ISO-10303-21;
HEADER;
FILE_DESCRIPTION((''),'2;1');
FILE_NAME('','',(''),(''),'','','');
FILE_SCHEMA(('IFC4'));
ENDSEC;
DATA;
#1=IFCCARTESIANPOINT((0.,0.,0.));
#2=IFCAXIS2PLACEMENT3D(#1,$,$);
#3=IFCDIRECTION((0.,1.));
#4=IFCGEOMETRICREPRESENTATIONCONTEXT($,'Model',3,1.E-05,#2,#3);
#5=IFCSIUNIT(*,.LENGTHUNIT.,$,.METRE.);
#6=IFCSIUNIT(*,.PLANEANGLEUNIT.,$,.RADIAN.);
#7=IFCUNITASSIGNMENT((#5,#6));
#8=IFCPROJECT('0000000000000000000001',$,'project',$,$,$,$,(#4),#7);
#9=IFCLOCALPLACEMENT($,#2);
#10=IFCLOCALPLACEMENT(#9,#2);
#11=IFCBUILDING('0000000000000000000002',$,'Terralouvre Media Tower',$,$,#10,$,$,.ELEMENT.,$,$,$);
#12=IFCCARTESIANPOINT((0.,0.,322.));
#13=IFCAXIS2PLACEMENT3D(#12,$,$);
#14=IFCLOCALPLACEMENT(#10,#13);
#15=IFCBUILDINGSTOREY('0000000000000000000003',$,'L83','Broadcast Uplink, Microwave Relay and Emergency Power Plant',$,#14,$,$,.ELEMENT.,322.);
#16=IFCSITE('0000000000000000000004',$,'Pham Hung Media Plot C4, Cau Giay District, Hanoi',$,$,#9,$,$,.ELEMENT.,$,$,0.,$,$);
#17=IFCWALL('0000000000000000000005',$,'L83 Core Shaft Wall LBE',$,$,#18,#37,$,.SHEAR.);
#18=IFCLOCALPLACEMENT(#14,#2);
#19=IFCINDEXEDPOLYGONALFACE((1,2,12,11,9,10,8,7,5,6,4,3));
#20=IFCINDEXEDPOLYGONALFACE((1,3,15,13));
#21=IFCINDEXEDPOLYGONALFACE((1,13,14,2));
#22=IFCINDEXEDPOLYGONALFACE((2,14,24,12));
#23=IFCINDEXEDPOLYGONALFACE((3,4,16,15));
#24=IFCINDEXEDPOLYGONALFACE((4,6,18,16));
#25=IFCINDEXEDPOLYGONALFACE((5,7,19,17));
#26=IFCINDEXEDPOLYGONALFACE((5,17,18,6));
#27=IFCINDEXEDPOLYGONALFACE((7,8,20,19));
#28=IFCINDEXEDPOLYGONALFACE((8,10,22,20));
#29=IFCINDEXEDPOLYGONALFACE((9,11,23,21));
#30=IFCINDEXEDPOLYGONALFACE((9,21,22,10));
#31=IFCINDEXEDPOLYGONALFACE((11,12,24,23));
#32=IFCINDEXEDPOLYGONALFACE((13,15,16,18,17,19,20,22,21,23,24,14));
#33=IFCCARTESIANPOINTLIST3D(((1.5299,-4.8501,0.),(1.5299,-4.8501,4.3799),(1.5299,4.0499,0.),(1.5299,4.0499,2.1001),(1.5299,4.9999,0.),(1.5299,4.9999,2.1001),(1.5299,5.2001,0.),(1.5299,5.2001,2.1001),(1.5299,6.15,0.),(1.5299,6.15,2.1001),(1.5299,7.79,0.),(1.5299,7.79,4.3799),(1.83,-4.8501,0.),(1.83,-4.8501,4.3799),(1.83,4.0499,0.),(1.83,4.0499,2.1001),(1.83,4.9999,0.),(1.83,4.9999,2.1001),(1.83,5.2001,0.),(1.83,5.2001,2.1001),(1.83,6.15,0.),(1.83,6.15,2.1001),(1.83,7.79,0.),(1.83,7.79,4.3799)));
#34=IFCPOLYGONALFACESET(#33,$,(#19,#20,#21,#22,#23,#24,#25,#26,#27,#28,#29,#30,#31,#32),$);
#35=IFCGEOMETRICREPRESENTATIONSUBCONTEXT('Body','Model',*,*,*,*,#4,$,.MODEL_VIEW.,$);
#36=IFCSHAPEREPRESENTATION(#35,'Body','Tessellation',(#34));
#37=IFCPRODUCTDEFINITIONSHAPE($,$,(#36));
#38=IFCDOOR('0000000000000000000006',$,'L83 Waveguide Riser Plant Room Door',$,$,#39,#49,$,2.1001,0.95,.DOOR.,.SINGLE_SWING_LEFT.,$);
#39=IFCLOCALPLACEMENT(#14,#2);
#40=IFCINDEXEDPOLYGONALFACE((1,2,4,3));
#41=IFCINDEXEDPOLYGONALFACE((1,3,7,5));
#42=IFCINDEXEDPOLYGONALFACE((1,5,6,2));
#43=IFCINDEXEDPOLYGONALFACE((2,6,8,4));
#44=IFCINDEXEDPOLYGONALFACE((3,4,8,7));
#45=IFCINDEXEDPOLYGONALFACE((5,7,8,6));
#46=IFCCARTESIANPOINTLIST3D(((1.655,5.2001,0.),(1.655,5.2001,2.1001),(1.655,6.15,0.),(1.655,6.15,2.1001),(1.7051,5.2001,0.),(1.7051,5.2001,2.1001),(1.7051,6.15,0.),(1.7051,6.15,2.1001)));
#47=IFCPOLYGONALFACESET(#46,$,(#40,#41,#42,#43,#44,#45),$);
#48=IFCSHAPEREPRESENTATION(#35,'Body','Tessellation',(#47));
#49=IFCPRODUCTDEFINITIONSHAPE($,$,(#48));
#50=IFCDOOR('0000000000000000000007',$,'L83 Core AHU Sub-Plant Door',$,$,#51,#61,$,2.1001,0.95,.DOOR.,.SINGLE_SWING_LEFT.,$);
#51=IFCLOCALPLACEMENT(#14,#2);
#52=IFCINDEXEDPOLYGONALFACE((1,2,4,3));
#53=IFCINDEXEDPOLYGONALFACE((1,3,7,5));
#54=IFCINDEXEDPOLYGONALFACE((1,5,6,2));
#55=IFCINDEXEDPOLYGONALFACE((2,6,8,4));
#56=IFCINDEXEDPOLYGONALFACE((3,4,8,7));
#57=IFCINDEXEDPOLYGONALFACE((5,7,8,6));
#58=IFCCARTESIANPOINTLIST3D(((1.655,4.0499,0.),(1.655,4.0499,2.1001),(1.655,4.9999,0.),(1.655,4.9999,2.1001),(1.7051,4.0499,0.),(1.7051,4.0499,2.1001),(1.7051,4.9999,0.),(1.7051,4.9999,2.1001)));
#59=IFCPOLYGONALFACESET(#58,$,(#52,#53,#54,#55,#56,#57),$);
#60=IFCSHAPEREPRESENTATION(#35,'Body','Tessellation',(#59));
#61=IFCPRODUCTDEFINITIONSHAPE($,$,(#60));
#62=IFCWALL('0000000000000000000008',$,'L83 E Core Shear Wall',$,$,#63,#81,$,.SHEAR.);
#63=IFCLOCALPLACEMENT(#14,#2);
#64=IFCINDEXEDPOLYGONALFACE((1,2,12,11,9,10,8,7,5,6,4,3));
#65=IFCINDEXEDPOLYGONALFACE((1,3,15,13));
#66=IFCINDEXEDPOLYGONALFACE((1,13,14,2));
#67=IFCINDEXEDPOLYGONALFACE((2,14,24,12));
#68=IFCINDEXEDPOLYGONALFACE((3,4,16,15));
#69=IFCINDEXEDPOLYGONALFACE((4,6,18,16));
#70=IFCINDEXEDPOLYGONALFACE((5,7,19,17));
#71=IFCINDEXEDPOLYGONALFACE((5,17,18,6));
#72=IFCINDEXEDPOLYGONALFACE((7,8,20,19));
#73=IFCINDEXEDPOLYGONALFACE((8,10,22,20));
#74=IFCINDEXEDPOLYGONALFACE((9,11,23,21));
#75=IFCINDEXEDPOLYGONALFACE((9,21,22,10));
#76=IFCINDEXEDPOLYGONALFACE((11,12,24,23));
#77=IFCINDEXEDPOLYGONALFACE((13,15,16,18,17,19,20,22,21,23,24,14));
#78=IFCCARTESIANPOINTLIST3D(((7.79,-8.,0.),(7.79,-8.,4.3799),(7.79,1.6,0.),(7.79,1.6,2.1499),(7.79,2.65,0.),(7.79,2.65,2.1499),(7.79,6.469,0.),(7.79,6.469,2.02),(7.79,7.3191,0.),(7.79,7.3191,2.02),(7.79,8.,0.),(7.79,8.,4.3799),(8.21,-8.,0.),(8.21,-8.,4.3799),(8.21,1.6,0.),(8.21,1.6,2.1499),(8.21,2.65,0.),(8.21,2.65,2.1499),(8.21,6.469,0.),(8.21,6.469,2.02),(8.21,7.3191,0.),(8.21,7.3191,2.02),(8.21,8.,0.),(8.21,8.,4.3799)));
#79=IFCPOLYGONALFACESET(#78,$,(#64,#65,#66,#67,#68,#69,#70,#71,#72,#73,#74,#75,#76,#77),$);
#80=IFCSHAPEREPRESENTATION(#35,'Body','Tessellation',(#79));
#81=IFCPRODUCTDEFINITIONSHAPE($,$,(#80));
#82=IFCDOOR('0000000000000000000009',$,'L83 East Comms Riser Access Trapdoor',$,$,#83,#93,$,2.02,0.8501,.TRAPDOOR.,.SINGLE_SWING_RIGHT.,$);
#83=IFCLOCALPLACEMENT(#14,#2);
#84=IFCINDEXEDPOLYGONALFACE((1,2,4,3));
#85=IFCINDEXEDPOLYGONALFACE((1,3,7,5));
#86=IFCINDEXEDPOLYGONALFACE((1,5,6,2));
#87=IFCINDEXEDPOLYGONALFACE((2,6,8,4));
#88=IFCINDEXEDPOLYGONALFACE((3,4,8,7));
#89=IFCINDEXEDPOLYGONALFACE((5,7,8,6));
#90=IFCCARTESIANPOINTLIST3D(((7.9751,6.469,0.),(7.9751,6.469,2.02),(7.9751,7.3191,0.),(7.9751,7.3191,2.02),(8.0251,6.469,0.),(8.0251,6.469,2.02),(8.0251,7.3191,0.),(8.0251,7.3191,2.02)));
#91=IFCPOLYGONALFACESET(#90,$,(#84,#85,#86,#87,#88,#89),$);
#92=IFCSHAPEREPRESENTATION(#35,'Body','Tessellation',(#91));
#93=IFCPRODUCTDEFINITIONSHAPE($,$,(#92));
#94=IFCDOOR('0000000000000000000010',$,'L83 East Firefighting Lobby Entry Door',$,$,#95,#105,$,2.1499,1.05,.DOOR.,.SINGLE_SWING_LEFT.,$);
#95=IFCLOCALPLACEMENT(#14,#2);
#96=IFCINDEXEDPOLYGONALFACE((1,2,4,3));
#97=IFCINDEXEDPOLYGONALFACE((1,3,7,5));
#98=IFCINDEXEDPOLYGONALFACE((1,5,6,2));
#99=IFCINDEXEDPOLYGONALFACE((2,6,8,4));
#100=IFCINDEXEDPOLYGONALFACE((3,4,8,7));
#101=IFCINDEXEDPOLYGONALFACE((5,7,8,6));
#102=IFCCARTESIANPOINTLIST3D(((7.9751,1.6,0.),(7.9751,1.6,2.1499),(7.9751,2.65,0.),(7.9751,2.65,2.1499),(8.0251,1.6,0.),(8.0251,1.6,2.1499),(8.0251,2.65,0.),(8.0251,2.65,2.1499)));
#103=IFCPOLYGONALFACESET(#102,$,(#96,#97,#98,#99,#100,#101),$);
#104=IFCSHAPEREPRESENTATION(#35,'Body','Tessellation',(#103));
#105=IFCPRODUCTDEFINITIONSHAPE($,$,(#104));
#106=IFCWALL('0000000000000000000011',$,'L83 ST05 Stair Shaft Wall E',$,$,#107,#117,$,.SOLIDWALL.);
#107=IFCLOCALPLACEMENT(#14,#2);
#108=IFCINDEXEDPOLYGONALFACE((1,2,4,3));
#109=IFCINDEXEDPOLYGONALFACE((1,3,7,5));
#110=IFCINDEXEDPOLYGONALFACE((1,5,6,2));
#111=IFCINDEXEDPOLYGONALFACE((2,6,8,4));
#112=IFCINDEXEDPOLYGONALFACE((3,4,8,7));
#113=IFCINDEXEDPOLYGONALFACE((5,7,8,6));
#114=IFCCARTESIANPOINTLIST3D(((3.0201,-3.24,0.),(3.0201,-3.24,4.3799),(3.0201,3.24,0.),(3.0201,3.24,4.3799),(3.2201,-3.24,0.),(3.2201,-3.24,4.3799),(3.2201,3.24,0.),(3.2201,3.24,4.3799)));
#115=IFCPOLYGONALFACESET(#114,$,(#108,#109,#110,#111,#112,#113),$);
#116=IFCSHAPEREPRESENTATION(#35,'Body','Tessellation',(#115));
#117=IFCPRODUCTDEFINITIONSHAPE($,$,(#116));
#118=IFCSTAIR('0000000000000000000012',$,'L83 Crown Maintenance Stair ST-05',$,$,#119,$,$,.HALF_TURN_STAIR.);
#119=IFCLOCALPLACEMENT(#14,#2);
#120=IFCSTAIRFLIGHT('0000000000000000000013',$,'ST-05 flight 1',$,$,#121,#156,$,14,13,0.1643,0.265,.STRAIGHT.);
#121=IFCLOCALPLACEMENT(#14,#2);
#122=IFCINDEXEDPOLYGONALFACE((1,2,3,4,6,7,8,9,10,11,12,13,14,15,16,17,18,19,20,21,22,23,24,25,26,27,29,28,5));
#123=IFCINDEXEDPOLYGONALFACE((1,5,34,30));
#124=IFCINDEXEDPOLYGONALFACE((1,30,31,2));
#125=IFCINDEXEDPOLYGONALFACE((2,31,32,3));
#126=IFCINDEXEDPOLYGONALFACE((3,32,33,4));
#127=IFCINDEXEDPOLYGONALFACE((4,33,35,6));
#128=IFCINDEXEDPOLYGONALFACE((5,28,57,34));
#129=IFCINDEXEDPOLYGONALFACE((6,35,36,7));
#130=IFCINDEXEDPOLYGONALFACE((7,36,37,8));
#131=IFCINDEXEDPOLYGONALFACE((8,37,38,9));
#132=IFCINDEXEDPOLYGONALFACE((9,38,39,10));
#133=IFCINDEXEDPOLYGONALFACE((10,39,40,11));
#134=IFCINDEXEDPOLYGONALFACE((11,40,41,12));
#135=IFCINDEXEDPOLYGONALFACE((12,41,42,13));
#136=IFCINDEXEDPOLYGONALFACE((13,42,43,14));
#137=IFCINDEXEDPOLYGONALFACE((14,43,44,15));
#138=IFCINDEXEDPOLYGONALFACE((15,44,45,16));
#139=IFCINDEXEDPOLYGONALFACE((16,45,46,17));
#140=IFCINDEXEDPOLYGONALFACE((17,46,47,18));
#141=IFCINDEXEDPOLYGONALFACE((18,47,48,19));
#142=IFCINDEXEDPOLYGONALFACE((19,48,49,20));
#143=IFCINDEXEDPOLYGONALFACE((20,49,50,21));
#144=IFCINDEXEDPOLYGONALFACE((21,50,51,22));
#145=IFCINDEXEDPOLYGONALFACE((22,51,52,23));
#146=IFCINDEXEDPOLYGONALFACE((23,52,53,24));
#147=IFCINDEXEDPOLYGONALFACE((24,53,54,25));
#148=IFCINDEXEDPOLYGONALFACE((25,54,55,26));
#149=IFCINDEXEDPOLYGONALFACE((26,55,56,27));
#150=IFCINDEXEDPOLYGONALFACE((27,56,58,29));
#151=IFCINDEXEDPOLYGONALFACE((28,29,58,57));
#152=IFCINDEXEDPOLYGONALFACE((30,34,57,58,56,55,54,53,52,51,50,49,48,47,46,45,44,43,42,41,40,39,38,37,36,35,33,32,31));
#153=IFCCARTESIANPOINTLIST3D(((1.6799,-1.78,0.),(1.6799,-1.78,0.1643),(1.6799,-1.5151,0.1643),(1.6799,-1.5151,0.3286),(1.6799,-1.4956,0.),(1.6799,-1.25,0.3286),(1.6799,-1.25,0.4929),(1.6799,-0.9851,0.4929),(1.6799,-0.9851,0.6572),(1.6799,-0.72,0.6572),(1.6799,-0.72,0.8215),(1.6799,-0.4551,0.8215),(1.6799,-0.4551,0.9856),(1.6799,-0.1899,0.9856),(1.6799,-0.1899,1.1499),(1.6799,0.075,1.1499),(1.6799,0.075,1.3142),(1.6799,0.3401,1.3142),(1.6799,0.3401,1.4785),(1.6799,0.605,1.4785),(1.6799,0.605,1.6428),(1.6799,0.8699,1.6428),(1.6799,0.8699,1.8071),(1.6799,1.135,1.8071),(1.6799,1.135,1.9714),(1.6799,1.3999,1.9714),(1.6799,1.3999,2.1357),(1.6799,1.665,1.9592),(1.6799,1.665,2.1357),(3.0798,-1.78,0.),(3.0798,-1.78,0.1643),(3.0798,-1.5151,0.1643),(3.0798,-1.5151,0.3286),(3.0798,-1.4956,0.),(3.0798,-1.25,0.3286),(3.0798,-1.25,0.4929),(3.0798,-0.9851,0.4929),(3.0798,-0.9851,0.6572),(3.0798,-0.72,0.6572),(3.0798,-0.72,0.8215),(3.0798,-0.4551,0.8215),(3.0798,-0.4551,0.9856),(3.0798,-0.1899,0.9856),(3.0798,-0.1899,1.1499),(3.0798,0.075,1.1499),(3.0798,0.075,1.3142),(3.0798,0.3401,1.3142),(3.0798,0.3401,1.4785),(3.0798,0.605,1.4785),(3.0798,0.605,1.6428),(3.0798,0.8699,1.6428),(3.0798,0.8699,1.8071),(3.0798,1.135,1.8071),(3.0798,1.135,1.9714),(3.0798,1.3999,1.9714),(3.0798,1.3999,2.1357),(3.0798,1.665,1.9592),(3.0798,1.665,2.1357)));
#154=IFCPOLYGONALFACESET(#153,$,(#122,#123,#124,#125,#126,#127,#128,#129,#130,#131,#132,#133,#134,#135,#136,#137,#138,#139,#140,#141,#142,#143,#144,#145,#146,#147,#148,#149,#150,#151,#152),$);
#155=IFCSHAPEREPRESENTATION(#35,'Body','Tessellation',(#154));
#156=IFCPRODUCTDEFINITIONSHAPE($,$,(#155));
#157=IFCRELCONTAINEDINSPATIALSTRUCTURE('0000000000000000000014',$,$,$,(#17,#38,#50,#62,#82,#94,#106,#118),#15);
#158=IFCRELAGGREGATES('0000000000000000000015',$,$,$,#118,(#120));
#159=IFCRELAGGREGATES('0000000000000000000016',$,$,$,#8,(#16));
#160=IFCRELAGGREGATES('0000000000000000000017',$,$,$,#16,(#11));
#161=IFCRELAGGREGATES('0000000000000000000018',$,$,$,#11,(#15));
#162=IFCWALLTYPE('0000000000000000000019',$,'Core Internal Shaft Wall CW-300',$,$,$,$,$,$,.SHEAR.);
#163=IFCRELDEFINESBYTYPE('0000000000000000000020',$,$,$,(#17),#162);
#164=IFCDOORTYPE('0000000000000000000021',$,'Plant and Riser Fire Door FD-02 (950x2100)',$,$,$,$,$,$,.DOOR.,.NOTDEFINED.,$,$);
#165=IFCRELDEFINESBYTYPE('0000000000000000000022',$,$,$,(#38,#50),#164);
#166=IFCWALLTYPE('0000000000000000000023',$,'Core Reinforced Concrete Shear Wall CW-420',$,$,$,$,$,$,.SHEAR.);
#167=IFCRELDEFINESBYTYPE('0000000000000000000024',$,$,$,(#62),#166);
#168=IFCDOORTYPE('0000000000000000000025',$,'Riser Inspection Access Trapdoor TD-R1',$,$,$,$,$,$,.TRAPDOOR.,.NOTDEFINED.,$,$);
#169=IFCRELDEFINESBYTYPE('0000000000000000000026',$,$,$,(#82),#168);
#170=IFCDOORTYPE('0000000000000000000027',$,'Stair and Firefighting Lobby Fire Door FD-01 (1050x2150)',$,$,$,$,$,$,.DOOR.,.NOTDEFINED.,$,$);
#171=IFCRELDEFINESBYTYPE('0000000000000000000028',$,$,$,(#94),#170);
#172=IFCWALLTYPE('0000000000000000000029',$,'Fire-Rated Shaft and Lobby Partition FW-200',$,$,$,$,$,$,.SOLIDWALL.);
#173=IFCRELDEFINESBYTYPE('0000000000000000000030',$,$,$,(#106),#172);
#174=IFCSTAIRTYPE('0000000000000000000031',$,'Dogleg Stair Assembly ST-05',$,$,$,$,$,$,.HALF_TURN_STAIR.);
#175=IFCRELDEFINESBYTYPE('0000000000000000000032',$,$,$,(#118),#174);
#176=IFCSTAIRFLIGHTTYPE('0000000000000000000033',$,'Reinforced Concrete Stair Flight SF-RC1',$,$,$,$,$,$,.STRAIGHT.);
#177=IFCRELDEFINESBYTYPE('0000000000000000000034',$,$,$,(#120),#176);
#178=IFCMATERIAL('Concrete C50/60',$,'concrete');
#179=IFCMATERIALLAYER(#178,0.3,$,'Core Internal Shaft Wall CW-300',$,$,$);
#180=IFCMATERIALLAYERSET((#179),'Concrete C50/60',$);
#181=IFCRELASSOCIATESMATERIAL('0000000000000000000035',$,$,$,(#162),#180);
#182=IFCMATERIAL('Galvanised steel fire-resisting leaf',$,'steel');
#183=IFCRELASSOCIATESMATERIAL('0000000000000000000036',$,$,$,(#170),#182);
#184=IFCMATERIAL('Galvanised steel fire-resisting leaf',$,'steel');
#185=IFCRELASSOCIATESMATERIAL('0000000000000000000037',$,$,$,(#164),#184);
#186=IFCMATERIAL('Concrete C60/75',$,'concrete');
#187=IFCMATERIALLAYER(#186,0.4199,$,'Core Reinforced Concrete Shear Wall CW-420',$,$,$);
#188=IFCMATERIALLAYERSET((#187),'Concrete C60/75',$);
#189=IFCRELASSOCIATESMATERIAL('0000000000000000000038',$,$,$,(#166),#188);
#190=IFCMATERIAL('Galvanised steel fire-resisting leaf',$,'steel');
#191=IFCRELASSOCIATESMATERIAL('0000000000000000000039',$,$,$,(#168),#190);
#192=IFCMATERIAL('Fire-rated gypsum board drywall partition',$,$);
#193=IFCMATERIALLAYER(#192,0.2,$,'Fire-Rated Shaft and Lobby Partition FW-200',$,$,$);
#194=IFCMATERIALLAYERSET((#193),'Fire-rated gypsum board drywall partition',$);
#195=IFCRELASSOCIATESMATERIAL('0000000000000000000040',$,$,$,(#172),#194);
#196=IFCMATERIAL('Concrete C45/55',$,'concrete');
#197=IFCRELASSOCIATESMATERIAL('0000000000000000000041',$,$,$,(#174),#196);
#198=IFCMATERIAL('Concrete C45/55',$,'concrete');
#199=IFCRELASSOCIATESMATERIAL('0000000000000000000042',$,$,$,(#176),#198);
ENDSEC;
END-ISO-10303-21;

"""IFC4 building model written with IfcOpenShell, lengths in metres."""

from ifc_helpers import new_model, si_unit, direction, frame, frame_2d, origin, place, context, subcontext, project, spatial, polyline, rectangle, outline, extrude, material, layer, layer_set, type_object, element, fill, aggregate, save


model = new_model("IFC4")

# Units and contexts
model_context = context("Model", 3, precision=1e-05, world=origin(), true_north=direction((0.0, 1.0)))
body_context = subcontext(model_context, "Body", "Model", "MODEL_VIEW")
ifc_project = project(units=[si_unit("LENGTHUNIT", "METRE"), si_unit("PLANEANGLEUNIT", "RADIAN")], contexts=[model_context])

# Site, building, storey
site_placement = place(None, origin())
site = spatial("IfcSite", under=ifc_project, at=site_placement, Name="Pham Hung Media Plot C4, Cau Giay District, Hanoi", CompositionType="ELEMENT", RefElevation=0.0)
building_placement = place(site_placement, origin())
building = spatial("IfcBuilding", under=site, at=building_placement, Name="Terralouvre Media Tower", CompositionType="ELEMENT")
storey_placement = place(building_placement, frame((0.0, 0.0, 322.0)))
storey = spatial("IfcBuildingStorey", under=building, at=storey_placement, Name="L83", Description="Broadcast Uplink, Microwave Relay and Emergency Power Plant", CompositionType="ELEMENT", Elevation=322.0)

# Shared definitions
ifc_material_1 = material(Name="Concrete C50/60", Category="concrete")
ifc_layer_1 = layer(ifc_material_1, 0.3, Name="Core Internal Shaft Wall CW-300")
ifc_layer_set_1 = layer_set([ifc_layer_1], Name="Concrete C50/60")
wall_type_1 = type_object("IfcWallType", Name="Core Internal Shaft Wall CW-300", PredefinedType="SHEAR", material=ifc_layer_set_1)

# Shared definitions
ifc_material_2 = material(Name="Galvanised steel fire-resisting leaf", Category="steel")
door_type_1 = type_object("IfcDoorType", Name="Stair and Firefighting Lobby Fire Door FD-01 (1050x2150)", OperationType="NOTDEFINED", PredefinedType="DOOR", material=ifc_material_2)

# Walls, openings, doors
wall_1_placement = place(storey_placement, frame((1.6799, -4.8501, 0.0), z_axis=(0.0, 0.0, 1.0), x_axis=(0.0, 1.0, 0.0)))
wall_1 = element("IfcWall", 1, at=wall_1_placement, inside=storey, type_object=wall_type_1, Name="L83 Core Shaft Wall LBE", PredefinedType="SHEAR", context=body_context, shape_type="SweptSolid", body=[
    extrude(rectangle(XDim=12.6401, YDim=0.3, at=frame_2d((6.3201, 0.0))), origin(), (0.0, 0.0, 1.0), 4.3799),
])
opening_1_placement = place(wall_1_placement, frame((10.05, 0.0, 0.0)))
opening_1 = element("IfcOpeningElement", 2, at=opening_1_placement, cuts=wall_1, PredefinedType="OPENING", context=body_context, shape_type="SweptSolid", body=[
    extrude(rectangle(XDim=0.95, YDim=2.1001, at=frame_2d((0.4751, 1.05))), frame((0.0, 0.1599, 0.0), z_axis=(0.0, -1.0, 0.0), x_axis=(1.0, 0.0, 0.0)), (0.0, 0.0, 1.0), 0.3201),
])
opening_2_placement = place(wall_1_placement, frame((8.8999, 0.0, 0.0)))
opening_2 = element("IfcOpeningElement", 3, at=opening_2_placement, cuts=wall_1, PredefinedType="OPENING", context=body_context, shape_type="SweptSolid", body=[
    extrude(rectangle(XDim=0.95, YDim=2.1001, at=frame_2d((0.4751, 1.05))), frame((0.0, 0.1599, 0.0), z_axis=(0.0, -1.0, 0.0), x_axis=(1.0, 0.0, 0.0)), (0.0, 0.0, 1.0), 0.3201),
])
ifc_material_3 = material(Name="Galvanised steel fire-resisting leaf", Category="steel")
door_type_2 = type_object("IfcDoorType", Name="Plant and Riser Fire Door FD-02 (950x2100)", OperationType="NOTDEFINED", PredefinedType="DOOR", material=ifc_material_3)
door_1_placement = place(opening_1_placement, origin())
door_1 = element("IfcDoor", 4, at=door_1_placement, inside=storey, type_object=door_type_2, Name="L83 Waveguide Riser Plant Room Door", OperationType="SINGLE_SWING_LEFT", OverallHeight=2.1001, OverallWidth=0.95, PredefinedType="DOOR", context=body_context, shape_type="SweptSolid", body=[
    extrude(rectangle(XDim=0.95, YDim=2.1001, at=frame_2d((0.4751, 1.05))), frame((0.0, 0.0249, 0.0), z_axis=(0.0, -1.0, 0.0), x_axis=(1.0, 0.0, 0.0)), (0.0, 0.0, 1.0), 0.05),
])
fill(opening_1, door_1)
door_2_placement = place(opening_2_placement, origin())
door_2 = element("IfcDoor", 5, at=door_2_placement, inside=storey, type_object=door_type_2, Name="L83 Core AHU Sub-Plant Door", OperationType="SINGLE_SWING_LEFT", OverallHeight=2.1001, OverallWidth=0.95, PredefinedType="DOOR", context=body_context, shape_type="SweptSolid", body=[
    extrude(rectangle(XDim=0.95, YDim=2.1001, at=frame_2d((0.4751, 1.05))), frame((0.0, 0.0249, 0.0), z_axis=(0.0, -1.0, 0.0), x_axis=(1.0, 0.0, 0.0)), (0.0, 0.0, 1.0), 0.05),
])
fill(opening_2, door_2)
ifc_material_4 = material(Name="Concrete C60/75", Category="concrete")
ifc_layer_2 = layer(ifc_material_4, 0.4199, Name="Core Reinforced Concrete Shear Wall CW-420")
ifc_layer_set_2 = layer_set([ifc_layer_2], Name="Concrete C60/75")
wall_type_2 = type_object("IfcWallType", Name="Core Reinforced Concrete Shear Wall CW-420", PredefinedType="SHEAR", material=ifc_layer_set_2)
wall_2_placement = place(storey_placement, frame((8.0, -8.0, 0.0), z_axis=(0.0, 0.0, 1.0), x_axis=(0.0, 1.0, 0.0)))
wall_2 = element("IfcWall", 6, at=wall_2_placement, inside=storey, type_object=wall_type_2, Name="L83 E Core Shear Wall", PredefinedType="SHEAR", context=body_context, shape_type="SweptSolid", body=[
    extrude(rectangle(XDim=16.0, YDim=0.4199, at=frame_2d((8.0, 0.0))), origin(), (0.0, 0.0, 1.0), 4.3799),
])
opening_3_placement = place(wall_2_placement, frame((9.6001, 0.0, 0.0)))
opening_3 = element("IfcOpeningElement", 7, at=opening_3_placement, cuts=wall_2, PredefinedType="OPENING", context=body_context, shape_type="SweptSolid", body=[
    extrude(rectangle(XDim=1.05, YDim=2.1499, at=frame_2d((0.5249, 1.075))), frame((0.0, 0.22, 0.0), z_axis=(0.0, -1.0, 0.0), x_axis=(1.0, 0.0, 0.0)), (0.0, 0.0, 1.0), 0.4399),
])
opening_4_placement = place(wall_2_placement, frame((14.469, 0.0, 0.0)))
opening_4 = element("IfcOpeningElement", 8, at=opening_4_placement, cuts=wall_2, PredefinedType="OPENING", context=body_context, shape_type="SweptSolid", body=[
    extrude(rectangle(XDim=0.8501, YDim=2.02, at=frame_2d((0.425, 1.01))), frame((0.0, 0.22, 0.0), z_axis=(0.0, -1.0, 0.0), x_axis=(1.0, 0.0, 0.0)), (0.0, 0.0, 1.0), 0.4399),
])
ifc_material_5 = material(Name="Galvanised steel fire-resisting leaf", Category="steel")
door_type_3 = type_object("IfcDoorType", Name="Riser Inspection Access Trapdoor TD-R1", OperationType="NOTDEFINED", PredefinedType="TRAPDOOR", material=ifc_material_5)
door_3_placement = place(opening_4_placement, origin())
door_3 = element("IfcDoor", 9, at=door_3_placement, inside=storey, type_object=door_type_3, Name="L83 East Comms Riser Access Trapdoor", OperationType="SINGLE_SWING_RIGHT", OverallHeight=2.02, OverallWidth=0.8501, PredefinedType="TRAPDOOR", context=body_context, shape_type="SweptSolid", body=[
    extrude(rectangle(XDim=0.8501, YDim=2.02, at=frame_2d((0.425, 1.01))), frame((0.0, 0.0249, 0.0), z_axis=(0.0, -1.0, 0.0), x_axis=(1.0, 0.0, 0.0)), (0.0, 0.0, 1.0), 0.05),
])
fill(opening_4, door_3)
door_4_placement = place(opening_3_placement, origin())
door_4 = element("IfcDoor", 10, at=door_4_placement, inside=storey, type_object=door_type_1, Name="L83 East Firefighting Lobby Entry Door", OperationType="SINGLE_SWING_LEFT", OverallHeight=2.1499, OverallWidth=1.05, PredefinedType="DOOR", context=body_context, shape_type="SweptSolid", body=[
    extrude(rectangle(XDim=1.05, YDim=2.1499, at=frame_2d((0.5249, 1.075))), frame((0.0, 0.0249, 0.0), z_axis=(0.0, -1.0, 0.0), x_axis=(1.0, 0.0, 0.0)), (0.0, 0.0, 1.0), 0.05),
])
fill(opening_3, door_4)

# Wall
ifc_material_6 = material(Name="Fire-rated gypsum board drywall partition")
ifc_layer_3 = layer(ifc_material_6, 0.2, Name="Fire-Rated Shaft and Lobby Partition FW-200")
ifc_layer_set_3 = layer_set([ifc_layer_3], Name="Fire-rated gypsum board drywall partition")
wall_type_3 = type_object("IfcWallType", Name="Fire-Rated Shaft and Lobby Partition FW-200", PredefinedType="SOLIDWALL", material=ifc_layer_set_3)
wall_3_placement = place(storey_placement, frame((3.1201, -3.24, 0.0), z_axis=(0.0, 0.0, 1.0), x_axis=(0.0, 1.0, 0.0)))
element("IfcWall", 11, at=wall_3_placement, inside=storey, type_object=wall_type_3, Name="L83 ST05 Stair Shaft Wall E", PredefinedType="SOLIDWALL", context=body_context, shape_type="SweptSolid", body=[
    extrude(rectangle(XDim=6.48, YDim=0.2, at=frame_2d((3.24, 0.0))), origin(), (0.0, 0.0, 1.0), 4.3799),
])

# Stair, stair flight
ifc_material_7 = material(Name="Concrete C45/55", Category="concrete")
stair_type = type_object("IfcStairType", Name="Dogleg Stair Assembly ST-05", PredefinedType="HALF_TURN_STAIR", material=ifc_material_7)
stair_placement = place(storey_placement, origin())
stair = element("IfcStair", 12, at=stair_placement, inside=storey, type_object=stair_type, Name="L83 Crown Maintenance Stair ST-05", PredefinedType="HALF_TURN_STAIR")
ifc_material_8 = material(Name="Concrete C45/55", Category="concrete")
stair_flight_type = type_object("IfcStairFlightType", Name="Reinforced Concrete Stair Flight SF-RC1", PredefinedType="STRAIGHT", material=ifc_material_8)
stair_flight_placement = place(storey_placement, frame((2.3799, -1.78, 0.0), z_axis=(0.0, 0.0, 1.0), x_axis=(0.0, 1.0, 0.0)))
stair_flight = element("IfcStairFlight", 13, at=stair_flight_placement, type_object=stair_flight_type, Name="ST-05 flight 1", NumberOfRisers=14, NumberOfTreads=13, PredefinedType="STRAIGHT", RiserHeight=0.1643, TreadLength=0.265, context=body_context, shape_type="SweptSolid", body=[
    extrude(outline(polyline([(0.0, 0.0), (0.0, 0.1643), (0.2649, 0.1643), (0.2649, 0.3286), (0.53, 0.3286), (0.53, 0.4929), (0.7949, 0.4929), (0.7949, 0.6572), (1.0601, 0.6572), (1.0601, 0.8215), (1.325, 0.8215), (1.325, 0.9856), (1.5901, 0.9856), (1.5901, 1.1499), (1.855, 1.1499), (1.855, 1.3142), (2.1201, 1.3142), (2.1201, 1.4785), (2.385, 1.4785), (2.385, 1.6428), (2.6499, 1.6428), (2.6499, 1.8071), (2.915, 1.8071), (2.915, 1.9714), (3.1799, 1.9714), (3.1799, 2.1357), (3.4451, 2.1357), (3.4451, 2.3), (3.4451, 1.9592), (0.2844, 0.0), (0.0, 0.0)])), frame((0.0, 0.7, 0.0), z_axis=(0.0, -1.0, 0.0), x_axis=(1.0, 0.0, 0.0)), (0.0, 0.0, 1.0), 1.3999),
])
aggregate(stair, [stair_flight])

save(model, "model.ifc")
